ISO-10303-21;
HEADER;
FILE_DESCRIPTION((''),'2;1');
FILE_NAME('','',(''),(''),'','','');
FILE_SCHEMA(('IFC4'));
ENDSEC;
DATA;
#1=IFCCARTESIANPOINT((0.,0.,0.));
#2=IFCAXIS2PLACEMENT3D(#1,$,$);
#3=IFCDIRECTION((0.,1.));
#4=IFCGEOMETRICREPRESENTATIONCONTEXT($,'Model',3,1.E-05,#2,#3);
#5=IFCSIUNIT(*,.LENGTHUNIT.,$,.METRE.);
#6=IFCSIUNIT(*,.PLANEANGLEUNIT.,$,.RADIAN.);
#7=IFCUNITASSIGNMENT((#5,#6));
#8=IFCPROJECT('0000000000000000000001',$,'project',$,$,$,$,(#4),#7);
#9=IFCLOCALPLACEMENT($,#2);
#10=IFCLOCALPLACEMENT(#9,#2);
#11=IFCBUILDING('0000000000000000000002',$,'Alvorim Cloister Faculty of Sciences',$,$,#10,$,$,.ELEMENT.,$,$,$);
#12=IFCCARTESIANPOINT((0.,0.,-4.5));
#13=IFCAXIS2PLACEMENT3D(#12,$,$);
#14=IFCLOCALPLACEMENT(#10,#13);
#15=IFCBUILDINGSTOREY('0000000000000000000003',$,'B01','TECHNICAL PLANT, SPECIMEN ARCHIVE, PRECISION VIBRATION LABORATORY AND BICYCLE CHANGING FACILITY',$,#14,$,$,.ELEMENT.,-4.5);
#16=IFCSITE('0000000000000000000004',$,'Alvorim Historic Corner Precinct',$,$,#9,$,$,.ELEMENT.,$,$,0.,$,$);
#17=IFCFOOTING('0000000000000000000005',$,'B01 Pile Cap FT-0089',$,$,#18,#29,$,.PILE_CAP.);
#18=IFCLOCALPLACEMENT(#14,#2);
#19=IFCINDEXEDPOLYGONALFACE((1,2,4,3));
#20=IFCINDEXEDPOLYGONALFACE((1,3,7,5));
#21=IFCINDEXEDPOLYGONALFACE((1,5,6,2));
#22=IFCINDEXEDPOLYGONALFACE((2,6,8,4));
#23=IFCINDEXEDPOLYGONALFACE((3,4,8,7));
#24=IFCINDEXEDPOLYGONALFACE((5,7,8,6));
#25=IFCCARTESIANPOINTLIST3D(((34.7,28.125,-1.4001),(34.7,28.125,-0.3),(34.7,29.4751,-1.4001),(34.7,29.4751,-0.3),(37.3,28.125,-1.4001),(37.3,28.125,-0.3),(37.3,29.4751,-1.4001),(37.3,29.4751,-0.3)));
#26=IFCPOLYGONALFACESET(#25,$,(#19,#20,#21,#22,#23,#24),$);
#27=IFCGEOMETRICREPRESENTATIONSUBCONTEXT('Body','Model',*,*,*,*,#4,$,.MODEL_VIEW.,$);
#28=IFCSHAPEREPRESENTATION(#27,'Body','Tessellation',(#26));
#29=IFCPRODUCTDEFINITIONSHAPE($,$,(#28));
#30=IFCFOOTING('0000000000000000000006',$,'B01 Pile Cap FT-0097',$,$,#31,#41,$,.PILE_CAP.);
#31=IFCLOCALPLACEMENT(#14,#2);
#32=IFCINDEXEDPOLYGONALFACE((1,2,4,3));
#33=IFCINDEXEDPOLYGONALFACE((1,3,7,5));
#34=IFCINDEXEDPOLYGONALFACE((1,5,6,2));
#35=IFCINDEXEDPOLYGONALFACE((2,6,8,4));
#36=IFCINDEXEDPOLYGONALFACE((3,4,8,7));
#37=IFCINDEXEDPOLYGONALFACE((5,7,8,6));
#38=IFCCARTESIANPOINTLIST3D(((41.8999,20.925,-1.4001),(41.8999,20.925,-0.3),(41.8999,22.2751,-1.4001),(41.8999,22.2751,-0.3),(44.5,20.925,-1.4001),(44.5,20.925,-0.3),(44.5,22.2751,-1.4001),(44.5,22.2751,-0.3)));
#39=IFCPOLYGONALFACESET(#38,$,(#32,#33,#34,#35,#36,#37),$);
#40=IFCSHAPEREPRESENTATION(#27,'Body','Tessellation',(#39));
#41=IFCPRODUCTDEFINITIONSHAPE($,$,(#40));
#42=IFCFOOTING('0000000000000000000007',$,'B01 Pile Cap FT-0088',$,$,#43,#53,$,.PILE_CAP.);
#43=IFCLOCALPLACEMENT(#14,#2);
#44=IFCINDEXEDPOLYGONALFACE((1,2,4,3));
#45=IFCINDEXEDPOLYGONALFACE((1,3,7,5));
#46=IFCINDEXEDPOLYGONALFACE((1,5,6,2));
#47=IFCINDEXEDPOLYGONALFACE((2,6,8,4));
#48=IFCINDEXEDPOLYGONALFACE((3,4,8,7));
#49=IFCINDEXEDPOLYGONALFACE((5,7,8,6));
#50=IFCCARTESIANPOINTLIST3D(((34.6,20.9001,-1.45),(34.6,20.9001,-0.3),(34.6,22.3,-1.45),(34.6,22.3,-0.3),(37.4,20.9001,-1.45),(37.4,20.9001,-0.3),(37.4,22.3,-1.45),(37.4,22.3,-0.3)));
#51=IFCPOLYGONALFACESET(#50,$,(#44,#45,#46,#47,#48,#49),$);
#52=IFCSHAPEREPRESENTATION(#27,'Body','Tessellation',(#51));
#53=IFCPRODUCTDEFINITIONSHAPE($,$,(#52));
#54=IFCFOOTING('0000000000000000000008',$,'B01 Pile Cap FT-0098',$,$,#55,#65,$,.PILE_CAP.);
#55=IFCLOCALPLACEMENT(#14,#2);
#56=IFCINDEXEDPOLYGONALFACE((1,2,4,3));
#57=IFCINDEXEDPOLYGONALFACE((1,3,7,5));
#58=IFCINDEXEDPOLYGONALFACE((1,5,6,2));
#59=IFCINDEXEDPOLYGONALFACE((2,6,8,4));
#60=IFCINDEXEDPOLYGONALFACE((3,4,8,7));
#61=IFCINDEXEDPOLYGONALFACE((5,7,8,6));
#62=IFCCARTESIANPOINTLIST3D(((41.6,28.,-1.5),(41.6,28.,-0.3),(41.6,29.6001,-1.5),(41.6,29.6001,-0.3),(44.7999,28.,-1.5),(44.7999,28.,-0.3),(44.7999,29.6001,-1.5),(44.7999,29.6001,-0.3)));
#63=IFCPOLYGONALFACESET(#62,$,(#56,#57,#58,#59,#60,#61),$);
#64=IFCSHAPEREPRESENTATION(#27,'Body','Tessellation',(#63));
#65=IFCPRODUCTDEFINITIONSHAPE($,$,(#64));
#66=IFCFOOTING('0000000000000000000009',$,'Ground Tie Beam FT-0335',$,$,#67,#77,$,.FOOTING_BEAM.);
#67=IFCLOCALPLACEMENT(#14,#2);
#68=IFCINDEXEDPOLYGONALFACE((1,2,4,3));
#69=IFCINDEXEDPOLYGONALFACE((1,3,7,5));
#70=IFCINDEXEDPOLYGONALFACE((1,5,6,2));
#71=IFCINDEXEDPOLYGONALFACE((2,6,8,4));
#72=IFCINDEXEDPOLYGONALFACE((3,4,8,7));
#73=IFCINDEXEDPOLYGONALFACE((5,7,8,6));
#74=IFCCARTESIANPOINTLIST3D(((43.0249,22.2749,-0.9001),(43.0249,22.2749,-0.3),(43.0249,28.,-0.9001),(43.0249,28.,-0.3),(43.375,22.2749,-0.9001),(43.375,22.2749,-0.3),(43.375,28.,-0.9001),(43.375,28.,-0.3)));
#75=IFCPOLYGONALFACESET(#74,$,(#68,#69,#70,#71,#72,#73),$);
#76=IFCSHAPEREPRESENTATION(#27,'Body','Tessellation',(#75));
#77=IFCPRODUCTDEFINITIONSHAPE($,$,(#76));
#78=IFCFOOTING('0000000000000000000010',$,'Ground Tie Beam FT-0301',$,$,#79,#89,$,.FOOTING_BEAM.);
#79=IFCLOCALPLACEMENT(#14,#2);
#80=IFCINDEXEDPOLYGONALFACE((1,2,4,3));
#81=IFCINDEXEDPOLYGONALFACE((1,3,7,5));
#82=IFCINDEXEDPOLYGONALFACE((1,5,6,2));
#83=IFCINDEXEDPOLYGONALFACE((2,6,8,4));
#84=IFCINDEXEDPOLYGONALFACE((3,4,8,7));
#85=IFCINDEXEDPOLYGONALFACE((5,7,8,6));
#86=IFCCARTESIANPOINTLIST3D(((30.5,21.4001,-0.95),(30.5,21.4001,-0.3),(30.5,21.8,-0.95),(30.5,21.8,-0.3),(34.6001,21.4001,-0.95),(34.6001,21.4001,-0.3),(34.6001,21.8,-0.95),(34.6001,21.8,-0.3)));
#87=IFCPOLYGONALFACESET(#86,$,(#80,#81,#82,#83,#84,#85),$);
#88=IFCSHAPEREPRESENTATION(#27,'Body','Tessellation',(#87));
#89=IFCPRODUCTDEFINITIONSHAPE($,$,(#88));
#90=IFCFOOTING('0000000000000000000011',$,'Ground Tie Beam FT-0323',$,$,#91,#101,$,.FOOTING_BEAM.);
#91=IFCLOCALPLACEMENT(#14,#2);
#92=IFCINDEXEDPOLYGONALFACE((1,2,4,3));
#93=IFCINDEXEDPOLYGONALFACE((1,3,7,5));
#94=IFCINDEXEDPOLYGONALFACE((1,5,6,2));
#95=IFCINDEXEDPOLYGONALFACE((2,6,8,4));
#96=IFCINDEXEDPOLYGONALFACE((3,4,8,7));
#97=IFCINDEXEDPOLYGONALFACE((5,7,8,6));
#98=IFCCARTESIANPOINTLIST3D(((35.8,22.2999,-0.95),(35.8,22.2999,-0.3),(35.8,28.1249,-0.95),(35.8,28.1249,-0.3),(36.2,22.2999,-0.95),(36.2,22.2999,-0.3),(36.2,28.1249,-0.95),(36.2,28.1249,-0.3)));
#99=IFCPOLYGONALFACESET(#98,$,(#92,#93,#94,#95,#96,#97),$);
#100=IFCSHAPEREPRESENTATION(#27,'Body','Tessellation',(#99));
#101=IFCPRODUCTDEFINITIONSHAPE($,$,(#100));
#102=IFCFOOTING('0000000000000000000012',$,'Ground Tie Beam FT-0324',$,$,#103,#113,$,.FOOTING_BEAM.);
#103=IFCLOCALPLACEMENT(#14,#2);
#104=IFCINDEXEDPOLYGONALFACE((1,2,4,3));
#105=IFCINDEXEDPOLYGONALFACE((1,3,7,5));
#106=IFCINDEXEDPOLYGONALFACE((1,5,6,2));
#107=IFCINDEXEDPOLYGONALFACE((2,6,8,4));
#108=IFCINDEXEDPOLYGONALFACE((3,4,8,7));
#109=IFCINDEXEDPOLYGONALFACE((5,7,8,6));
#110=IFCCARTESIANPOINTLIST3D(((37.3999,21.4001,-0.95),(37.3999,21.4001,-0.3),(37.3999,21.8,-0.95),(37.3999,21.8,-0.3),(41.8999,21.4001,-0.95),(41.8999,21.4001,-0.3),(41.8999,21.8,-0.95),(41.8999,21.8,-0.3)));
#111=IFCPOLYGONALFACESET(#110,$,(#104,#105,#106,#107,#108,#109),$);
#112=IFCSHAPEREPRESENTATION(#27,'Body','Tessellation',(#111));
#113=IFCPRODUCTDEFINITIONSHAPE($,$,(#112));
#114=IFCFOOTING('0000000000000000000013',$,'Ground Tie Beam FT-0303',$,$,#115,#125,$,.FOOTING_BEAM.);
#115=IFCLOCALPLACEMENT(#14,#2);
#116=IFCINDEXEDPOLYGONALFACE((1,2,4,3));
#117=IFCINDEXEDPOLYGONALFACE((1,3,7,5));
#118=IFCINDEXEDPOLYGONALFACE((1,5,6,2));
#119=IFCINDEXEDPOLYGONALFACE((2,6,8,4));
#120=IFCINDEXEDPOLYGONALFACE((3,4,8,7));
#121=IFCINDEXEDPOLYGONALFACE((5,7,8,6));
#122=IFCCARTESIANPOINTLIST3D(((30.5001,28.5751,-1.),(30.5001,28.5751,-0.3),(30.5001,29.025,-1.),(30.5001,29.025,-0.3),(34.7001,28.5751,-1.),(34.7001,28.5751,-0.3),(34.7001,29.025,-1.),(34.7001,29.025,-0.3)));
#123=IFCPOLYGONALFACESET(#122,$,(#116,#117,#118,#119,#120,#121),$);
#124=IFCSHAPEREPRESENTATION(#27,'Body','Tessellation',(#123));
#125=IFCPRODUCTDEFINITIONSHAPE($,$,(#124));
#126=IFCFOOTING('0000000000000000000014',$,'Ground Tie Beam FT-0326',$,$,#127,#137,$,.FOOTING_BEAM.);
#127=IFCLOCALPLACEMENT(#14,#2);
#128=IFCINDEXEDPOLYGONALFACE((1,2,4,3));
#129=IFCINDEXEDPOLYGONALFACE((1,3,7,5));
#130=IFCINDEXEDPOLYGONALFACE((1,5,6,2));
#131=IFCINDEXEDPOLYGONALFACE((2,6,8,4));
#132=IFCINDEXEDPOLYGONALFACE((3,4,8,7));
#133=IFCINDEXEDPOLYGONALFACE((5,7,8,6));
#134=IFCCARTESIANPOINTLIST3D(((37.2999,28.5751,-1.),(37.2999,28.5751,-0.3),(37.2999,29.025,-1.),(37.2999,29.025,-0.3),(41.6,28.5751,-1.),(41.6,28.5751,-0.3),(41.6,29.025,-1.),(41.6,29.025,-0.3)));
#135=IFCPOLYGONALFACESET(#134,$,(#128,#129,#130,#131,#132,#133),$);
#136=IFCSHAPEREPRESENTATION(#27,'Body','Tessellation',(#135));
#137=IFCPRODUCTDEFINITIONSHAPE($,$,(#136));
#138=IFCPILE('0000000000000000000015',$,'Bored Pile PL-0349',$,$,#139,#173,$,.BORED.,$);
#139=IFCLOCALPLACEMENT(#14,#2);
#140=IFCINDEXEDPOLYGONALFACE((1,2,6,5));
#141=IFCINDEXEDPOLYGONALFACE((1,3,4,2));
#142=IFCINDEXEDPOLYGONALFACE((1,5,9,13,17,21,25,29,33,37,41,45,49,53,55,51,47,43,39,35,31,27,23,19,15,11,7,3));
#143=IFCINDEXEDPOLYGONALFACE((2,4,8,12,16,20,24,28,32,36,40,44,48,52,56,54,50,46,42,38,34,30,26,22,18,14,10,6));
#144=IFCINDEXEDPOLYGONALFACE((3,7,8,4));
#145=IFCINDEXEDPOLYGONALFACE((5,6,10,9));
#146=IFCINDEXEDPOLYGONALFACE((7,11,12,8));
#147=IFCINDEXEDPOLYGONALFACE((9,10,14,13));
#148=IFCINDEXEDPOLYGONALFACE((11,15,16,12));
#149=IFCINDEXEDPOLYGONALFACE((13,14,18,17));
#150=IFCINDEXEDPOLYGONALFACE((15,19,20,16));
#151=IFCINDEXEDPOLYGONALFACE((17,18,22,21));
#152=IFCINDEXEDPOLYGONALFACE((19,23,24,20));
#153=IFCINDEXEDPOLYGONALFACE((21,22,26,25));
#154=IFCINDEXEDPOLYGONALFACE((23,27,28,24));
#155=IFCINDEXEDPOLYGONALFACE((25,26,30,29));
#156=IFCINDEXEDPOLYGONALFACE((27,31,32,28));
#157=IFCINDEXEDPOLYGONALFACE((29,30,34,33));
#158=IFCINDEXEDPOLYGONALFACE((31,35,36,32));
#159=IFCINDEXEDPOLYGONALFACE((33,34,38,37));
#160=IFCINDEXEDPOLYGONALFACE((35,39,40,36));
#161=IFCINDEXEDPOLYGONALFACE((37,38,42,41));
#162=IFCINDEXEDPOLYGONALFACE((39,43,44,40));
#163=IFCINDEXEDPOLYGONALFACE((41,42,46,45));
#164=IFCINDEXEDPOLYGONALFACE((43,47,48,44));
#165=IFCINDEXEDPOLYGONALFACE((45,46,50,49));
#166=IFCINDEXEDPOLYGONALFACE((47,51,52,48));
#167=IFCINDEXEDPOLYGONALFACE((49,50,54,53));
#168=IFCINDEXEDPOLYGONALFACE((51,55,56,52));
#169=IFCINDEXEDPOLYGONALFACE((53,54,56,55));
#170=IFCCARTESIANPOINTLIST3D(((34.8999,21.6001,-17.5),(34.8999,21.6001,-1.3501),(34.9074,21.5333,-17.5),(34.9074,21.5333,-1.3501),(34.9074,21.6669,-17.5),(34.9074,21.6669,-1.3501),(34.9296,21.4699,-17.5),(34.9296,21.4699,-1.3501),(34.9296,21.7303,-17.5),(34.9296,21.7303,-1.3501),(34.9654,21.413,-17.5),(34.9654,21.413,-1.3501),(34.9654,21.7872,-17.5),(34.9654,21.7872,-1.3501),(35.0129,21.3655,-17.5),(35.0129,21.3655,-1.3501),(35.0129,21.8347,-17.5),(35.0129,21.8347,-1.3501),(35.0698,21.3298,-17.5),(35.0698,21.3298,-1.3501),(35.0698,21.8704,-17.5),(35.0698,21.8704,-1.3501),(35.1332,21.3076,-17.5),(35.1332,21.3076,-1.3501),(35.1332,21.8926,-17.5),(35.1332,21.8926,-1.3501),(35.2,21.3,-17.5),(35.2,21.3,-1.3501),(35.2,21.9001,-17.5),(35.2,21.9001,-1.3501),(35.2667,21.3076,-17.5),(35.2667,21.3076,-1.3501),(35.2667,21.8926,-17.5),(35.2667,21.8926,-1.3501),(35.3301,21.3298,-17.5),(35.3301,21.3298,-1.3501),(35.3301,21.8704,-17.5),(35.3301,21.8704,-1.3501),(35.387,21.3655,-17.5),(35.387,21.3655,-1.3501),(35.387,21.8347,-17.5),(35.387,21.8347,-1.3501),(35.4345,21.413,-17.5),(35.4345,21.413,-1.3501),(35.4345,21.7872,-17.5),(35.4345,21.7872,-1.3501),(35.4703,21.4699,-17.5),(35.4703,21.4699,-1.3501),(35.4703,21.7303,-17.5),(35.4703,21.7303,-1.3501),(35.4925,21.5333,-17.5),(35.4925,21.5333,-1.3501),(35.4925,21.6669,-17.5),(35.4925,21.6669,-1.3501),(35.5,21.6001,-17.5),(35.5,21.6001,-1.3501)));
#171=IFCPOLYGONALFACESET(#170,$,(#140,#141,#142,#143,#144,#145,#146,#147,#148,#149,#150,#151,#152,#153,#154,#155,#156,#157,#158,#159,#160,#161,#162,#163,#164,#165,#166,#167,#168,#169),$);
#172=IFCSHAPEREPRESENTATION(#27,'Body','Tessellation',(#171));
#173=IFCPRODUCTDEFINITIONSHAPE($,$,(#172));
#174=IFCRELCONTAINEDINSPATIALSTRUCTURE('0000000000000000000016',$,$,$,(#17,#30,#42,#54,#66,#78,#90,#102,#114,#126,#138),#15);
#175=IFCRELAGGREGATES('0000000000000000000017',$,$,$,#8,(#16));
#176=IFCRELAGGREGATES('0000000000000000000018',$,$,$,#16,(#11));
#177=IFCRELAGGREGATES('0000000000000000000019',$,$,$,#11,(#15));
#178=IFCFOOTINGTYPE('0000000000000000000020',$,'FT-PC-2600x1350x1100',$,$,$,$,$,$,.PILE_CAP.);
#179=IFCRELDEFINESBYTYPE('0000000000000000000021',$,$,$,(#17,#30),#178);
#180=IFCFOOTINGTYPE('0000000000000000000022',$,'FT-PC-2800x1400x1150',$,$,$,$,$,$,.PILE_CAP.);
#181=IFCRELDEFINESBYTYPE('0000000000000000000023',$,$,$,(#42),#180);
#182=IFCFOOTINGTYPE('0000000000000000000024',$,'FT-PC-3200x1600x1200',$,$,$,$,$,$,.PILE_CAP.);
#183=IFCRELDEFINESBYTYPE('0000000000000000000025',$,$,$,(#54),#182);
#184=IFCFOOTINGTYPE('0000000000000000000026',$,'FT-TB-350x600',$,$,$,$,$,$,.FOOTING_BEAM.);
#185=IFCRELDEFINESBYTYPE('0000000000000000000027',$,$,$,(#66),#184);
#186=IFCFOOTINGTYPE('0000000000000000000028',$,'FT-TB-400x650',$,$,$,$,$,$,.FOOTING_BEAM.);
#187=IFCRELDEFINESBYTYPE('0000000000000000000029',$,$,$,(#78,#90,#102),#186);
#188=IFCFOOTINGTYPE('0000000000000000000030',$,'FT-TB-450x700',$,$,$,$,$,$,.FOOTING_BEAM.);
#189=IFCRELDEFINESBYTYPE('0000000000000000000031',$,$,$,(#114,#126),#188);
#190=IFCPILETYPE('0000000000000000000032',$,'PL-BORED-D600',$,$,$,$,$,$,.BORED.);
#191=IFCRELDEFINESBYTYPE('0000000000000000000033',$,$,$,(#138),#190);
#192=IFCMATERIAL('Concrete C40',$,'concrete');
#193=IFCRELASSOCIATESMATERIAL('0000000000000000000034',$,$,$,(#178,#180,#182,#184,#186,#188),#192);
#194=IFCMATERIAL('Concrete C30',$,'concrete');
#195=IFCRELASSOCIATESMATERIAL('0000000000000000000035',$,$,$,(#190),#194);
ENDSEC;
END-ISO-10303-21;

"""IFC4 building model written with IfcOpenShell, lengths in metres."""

from ifc_helpers import new_model, si_unit, direction, frame, origin, origin_2d, place, context, subcontext, project, spatial, rectangle, circle, extrude, material, material_profile, profile_set, type_object, element, save


model = new_model("IFC4")

# Units and contexts
model_context = context("Model", 3, precision=1e-05, world=origin(), true_north=direction((0.0, 1.0)))
body_context = subcontext(model_context, "Body", "Model", "MODEL_VIEW")
ifc_project = project(units=[si_unit("LENGTHUNIT", "METRE"), si_unit("PLANEANGLEUNIT", "RADIAN")], contexts=[model_context])

# Site, building, storey
site_placement = place(None, origin())
site = spatial("IfcSite", under=ifc_project, at=site_placement, Name="Alvorim Historic Corner Precinct", CompositionType="ELEMENT", RefElevation=0.0)
building_placement = place(site_placement, origin())
building = spatial("IfcBuilding", under=site, at=building_placement, Name="Alvorim Cloister Faculty of Sciences", CompositionType="ELEMENT")
storey_placement = place(building_placement, frame((0.0, 0.0, -4.5)))
storey = spatial("IfcBuildingStorey", under=building, at=storey_placement, Name="B01", Description="TECHNICAL PLANT, SPECIMEN ARCHIVE, PRECISION VIBRATION LABORATORY AND BICYCLE CHANGING FACILITY", CompositionType="ELEMENT", Elevation=-4.5)

# Footings
ifc_material_1 = material(Name="Concrete C40", Category="concrete")
footing_type_1 = type_object("IfcFootingType", Name="FT-PC-2600x1350x1100", PredefinedType="PILE_CAP", material=ifc_material_1)
for number, where, z_axis, x_axis, name in (
    (1, (36.0, 28.8, -1.4001), (0.0, 0.0, 1.0), (1.0, 0.0, 0.0), "B01 Pile Cap FT-0089"),
    (2, (43.2, 21.6001, -1.4001), (0.0, 0.0, 1.0), (1.0, 0.0, 0.0), "B01 Pile Cap FT-0097"),
):
    element("IfcFooting", number, at=place(storey_placement, frame(where, z_axis=z_axis, x_axis=x_axis)), inside=storey, type_object=footing_type_1, Name=name, PredefinedType="PILE_CAP", context=body_context, shape_type="SweptSolid", body=[
        extrude(rectangle(XDim=2.6001, YDim=1.3501, at=origin_2d()), origin(), (0.0, 0.0, 1.0), 1.1001),
    ])
footing_type_2 = type_object("IfcFootingType", Name="FT-PC-2800x1400x1150", PredefinedType="PILE_CAP", material=ifc_material_1)
footing_1_placement = place(storey_placement, frame((36.0, 21.6001, -1.45), z_axis=(0.0, 0.0, 1.0), x_axis=(1.0, 0.0, 0.0)))
element("IfcFooting", 3, at=footing_1_placement, inside=storey, type_object=footing_type_2, Name="B01 Pile Cap FT-0088", PredefinedType="PILE_CAP", context=body_context, shape_type="SweptSolid", body=[
    extrude(rectangle(XDim=2.8, YDim=1.3999, at=origin_2d()), origin(), (0.0, 0.0, 1.0), 1.1499),
])
footing_type_3 = type_object("IfcFootingType", Name="FT-PC-3200x1600x1200", PredefinedType="PILE_CAP", material=ifc_material_1)
footing_2_placement = place(storey_placement, frame((43.2, 28.8, -1.5), z_axis=(0.0, 0.0, 1.0), x_axis=(1.0, 0.0, 0.0)))
element("IfcFooting", 4, at=footing_2_placement, inside=storey, type_object=footing_type_3, Name="B01 Pile Cap FT-0098", PredefinedType="PILE_CAP", context=body_context, shape_type="SweptSolid", body=[
    extrude(rectangle(XDim=3.2, YDim=1.6001, at=origin_2d()), origin(), (0.0, 0.0, 1.0), 1.2),
])
footing_type_4 = type_object("IfcFootingType", Name="FT-TB-350x600", PredefinedType="FOOTING_BEAM", material=ifc_material_1)
footing_3_placement = place(storey_placement, frame((43.2, 25.1375, -0.9001), z_axis=(0.0, 0.0, 1.0), x_axis=(1.0, 0.0, 0.0)))
element("IfcFooting", 5, at=footing_3_placement, inside=storey, type_object=footing_type_4, Name="Ground Tie Beam FT-0335", PredefinedType="FOOTING_BEAM", context=body_context, shape_type="SweptSolid", body=[
    extrude(rectangle(XDim=0.3501, YDim=5.7251, at=origin_2d()), origin(), (0.0, 0.0, 1.0), 0.6001),
])
footing_type_5 = type_object("IfcFootingType", Name="FT-TB-400x650", PredefinedType="FOOTING_BEAM", material=ifc_material_1)
footing_4_placement = place(storey_placement, frame((32.55, 21.6001, -0.95), z_axis=(0.0, 0.0, 1.0), x_axis=(1.0, 0.0, 0.0)))
element("IfcFooting", 6, at=footing_4_placement, inside=storey, type_object=footing_type_5, Name="Ground Tie Beam FT-0301", PredefinedType="FOOTING_BEAM", context=body_context, shape_type="SweptSolid", body=[
    extrude(rectangle(XDim=4.1001, YDim=0.3999, at=origin_2d()), origin(), (0.0, 0.0, 1.0), 0.6499),
])
footing_5_placement = place(storey_placement, frame((36.0, 25.2124, -0.95), z_axis=(0.0, 0.0, 1.0), x_axis=(1.0, 0.0, 0.0)))
element("IfcFooting", 7, at=footing_5_placement, inside=storey, type_object=footing_type_5, Name="Ground Tie Beam FT-0323", PredefinedType="FOOTING_BEAM", context=body_context, shape_type="SweptSolid", body=[
    extrude(rectangle(XDim=0.3999, YDim=5.825, at=origin_2d()), origin(), (0.0, 0.0, 1.0), 0.6499),
])
footing_6_placement = place(storey_placement, frame((39.6499, 21.6001, -0.95), z_axis=(0.0, 0.0, 1.0), x_axis=(1.0, 0.0, 0.0)))
element("IfcFooting", 8, at=footing_6_placement, inside=storey, type_object=footing_type_5, Name="Ground Tie Beam FT-0324", PredefinedType="FOOTING_BEAM", context=body_context, shape_type="SweptSolid", body=[
    extrude(rectangle(XDim=4.5, YDim=0.3999, at=origin_2d()), origin(), (0.0, 0.0, 1.0), 0.6499),
])
footing_type_6 = type_object("IfcFootingType", Name="FT-TB-450x700", PredefinedType="FOOTING_BEAM", material=ifc_material_1)
footing_7_placement = place(storey_placement, frame((32.6001, 28.8, -1.0), z_axis=(0.0, 0.0, 1.0), x_axis=(1.0, 0.0, 0.0)))
element("IfcFooting", 9, at=footing_7_placement, inside=storey, type_object=footing_type_6, Name="Ground Tie Beam FT-0303", PredefinedType="FOOTING_BEAM", context=body_context, shape_type="SweptSolid", body=[
    extrude(rectangle(XDim=4.2, YDim=0.45, at=origin_2d()), origin(), (0.0, 0.0, 1.0), 0.7),
])
footing_8_placement = place(storey_placement, frame((39.45, 28.8, -1.0), z_axis=(0.0, 0.0, 1.0), x_axis=(1.0, 0.0, 0.0)))
element("IfcFooting", 10, at=footing_8_placement, inside=storey, type_object=footing_type_6, Name="Ground Tie Beam FT-0326", PredefinedType="FOOTING_BEAM", context=body_context, shape_type="SweptSolid", body=[
    extrude(rectangle(XDim=4.3, YDim=0.45, at=origin_2d()), origin(), (0.0, 0.0, 1.0), 0.7),
])

# Pile
ifc_material_2 = material(Name="Concrete C30", Category="concrete")
ifc_material_profile_1 = material_profile(ifc_material_2, circle(Radius=0.3, at=origin_2d()), Name="PILE-D600")
ifc_profile_set_1 = profile_set([ifc_material_profile_1], Name="Concrete C30")
pile_type_1 = type_object("IfcPileType", Name="PL-BORED-D600", PredefinedType="BORED", material=ifc_profile_set_1)
for number, where, z_axis, x_axis, name in (
    (11, (35.2, 21.6001, -1.3501), (0.0, 0.0, -1.0), (1.0, 0.0, 0.0), "Bored Pile PL-0349"),
):
    element("IfcPile", number, at=place(storey_placement, frame(where, z_axis=z_axis, x_axis=x_axis)), inside=storey, type_object=pile_type_1, Name=name, PredefinedType="BORED", context=body_context, shape_type="SweptSolid", body=[
        extrude(circle(Radius=0.3, at=origin_2d()), origin(), (0.0, 0.0, 1.0), 16.1499),
    ])

save(model, "model.ifc")
